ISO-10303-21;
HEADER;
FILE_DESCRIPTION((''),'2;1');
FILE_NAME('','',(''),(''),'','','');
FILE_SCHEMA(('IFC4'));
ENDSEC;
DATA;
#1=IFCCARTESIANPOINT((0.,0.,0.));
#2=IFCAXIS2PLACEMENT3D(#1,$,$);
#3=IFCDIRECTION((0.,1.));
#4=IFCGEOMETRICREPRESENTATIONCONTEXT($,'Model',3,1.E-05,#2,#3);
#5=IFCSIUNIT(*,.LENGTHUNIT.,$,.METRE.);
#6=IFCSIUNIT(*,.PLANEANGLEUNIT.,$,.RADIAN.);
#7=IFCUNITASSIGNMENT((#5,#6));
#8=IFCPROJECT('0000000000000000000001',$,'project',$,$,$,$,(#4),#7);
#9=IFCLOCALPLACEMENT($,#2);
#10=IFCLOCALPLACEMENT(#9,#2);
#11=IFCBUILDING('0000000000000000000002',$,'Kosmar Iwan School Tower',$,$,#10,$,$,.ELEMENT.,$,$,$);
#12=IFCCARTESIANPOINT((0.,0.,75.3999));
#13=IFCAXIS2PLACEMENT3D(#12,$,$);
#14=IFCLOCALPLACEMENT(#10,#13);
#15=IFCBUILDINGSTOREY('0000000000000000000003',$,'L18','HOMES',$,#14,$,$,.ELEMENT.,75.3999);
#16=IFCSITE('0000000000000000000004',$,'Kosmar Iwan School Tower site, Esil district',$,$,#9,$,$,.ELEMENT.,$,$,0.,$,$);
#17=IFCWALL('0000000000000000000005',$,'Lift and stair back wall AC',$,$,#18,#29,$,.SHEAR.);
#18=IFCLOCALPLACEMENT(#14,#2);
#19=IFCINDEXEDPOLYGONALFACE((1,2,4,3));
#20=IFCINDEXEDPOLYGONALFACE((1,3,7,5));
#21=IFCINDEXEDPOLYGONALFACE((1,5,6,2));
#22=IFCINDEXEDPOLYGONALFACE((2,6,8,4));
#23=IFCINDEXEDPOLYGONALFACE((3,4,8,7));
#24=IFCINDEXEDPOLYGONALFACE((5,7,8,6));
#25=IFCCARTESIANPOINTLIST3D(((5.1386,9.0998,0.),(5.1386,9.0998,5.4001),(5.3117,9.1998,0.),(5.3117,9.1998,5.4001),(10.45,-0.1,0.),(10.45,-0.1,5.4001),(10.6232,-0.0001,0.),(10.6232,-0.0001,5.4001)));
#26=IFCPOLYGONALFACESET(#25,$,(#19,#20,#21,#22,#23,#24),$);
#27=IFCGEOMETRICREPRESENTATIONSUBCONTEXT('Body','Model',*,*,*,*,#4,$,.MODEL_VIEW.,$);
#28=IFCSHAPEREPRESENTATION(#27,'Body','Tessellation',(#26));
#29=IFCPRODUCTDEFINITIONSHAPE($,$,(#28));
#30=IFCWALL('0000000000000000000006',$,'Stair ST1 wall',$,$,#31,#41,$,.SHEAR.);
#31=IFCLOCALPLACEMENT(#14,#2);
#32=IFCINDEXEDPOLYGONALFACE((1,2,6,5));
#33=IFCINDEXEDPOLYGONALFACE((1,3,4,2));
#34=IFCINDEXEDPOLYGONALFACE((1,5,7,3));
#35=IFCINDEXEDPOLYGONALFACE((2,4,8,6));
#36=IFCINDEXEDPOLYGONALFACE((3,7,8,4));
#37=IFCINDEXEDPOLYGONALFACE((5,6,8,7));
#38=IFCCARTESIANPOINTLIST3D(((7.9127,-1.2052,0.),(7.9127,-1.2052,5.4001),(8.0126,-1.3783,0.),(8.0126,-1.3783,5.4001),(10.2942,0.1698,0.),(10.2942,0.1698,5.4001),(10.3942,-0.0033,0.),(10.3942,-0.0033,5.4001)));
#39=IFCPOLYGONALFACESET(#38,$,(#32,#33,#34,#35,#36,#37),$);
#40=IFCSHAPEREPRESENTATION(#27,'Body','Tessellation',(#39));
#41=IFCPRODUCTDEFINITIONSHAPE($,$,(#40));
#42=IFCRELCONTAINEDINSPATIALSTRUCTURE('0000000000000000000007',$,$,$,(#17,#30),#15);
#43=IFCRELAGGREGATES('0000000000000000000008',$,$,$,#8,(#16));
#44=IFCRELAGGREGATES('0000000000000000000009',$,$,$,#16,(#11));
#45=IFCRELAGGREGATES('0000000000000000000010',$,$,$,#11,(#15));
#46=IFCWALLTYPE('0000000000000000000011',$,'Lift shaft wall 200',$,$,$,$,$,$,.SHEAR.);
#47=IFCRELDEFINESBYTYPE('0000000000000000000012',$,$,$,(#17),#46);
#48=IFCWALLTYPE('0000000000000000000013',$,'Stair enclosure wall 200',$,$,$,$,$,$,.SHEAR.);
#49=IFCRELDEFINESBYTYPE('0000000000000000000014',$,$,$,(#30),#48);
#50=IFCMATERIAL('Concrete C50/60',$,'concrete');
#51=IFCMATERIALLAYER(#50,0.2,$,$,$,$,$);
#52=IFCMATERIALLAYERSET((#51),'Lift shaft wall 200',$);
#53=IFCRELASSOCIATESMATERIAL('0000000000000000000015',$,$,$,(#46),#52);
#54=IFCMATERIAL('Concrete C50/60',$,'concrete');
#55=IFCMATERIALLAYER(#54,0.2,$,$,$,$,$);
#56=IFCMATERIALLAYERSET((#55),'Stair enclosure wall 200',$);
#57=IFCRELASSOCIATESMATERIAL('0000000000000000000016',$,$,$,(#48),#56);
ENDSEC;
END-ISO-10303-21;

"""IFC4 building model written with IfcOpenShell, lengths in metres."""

from ifc_helpers import new_model, si_unit, direction, frame, frame_2d, origin, place, context, subcontext, project, spatial, rectangle, extrude, material, layer, layer_set, type_object, element, save


model = new_model("IFC4")

# Units and contexts
model_context = context("Model", 3, precision=1e-05, world=origin(), true_north=direction((0.0, 1.0)))
body_context = subcontext(model_context, "Body", "Model", "MODEL_VIEW")
ifc_project = project(units=[si_unit("LENGTHUNIT", "METRE"), si_unit("PLANEANGLEUNIT", "RADIAN")], contexts=[model_context])

# Site, building, storey
site_placement = place(None, origin())
site = spatial("IfcSite", under=ifc_project, at=site_placement, Name="Kosmar Iwan School Tower site, Esil district", CompositionType="ELEMENT", RefElevation=0.0)
building_placement = place(site_placement, origin())
building = spatial("IfcBuilding", under=site, at=building_placement, Name="Kosmar Iwan School Tower", CompositionType="ELEMENT")
storey_placement = place(building_placement, frame((0.0, 0.0, 75.3999)))
storey = spatial("IfcBuildingStorey", under=building, at=storey_placement, Name="L18", Description="HOMES", CompositionType="ELEMENT", Elevation=75.3999)

# Shared definitions
ifc_material_1 = material(Name="Concrete C50/60", Category="concrete")
ifc_layer_1 = layer(ifc_material_1, 0.2)
ifc_layer_set_1 = layer_set([ifc_layer_1], Name="Lift shaft wall 200")
wall_type_1 = type_object("IfcWallType", Name="Lift shaft wall 200", PredefinedType="SHEAR", material=ifc_layer_set_1)

# Walls
wall_1_placement = place(storey_placement, frame((10.5366, -0.05, 0.0), z_axis=(0.0, 0.0, 1.0), x_axis=(-0.499995, 0.866028, 0.0)))
element("IfcWall", 1, at=wall_1_placement, inside=storey, type_object=wall_type_1, Name="Lift and stair back wall AC", PredefinedType="SHEAR", context=body_context, shape_type="SweptSolid", body=[
    extrude(rectangle(XDim=10.623, YDim=0.2, at=frame_2d((5.3115, 0.0))), origin(), (0.0, 0.0, 1.0), 5.4001),
])
ifc_material_2 = material(Name="Concrete C50/60", Category="concrete")
ifc_layer_2 = layer(ifc_material_2, 0.2)
ifc_layer_set_2 = layer_set([ifc_layer_2], Name="Stair enclosure wall 200")
wall_type_2 = type_object("IfcWallType", Name="Stair enclosure wall 200", PredefinedType="SHEAR", material=ifc_layer_set_2)
wall_2_placement = place(storey_placement, frame((7.9626, -1.2917, 0.0), z_axis=(0.0, 0.0, 1.0), x_axis=(0.866027, 0.499997, 0.0)))
element("IfcWall", 2, at=wall_2_placement, inside=storey, type_object=wall_type_2, Name="Stair ST1 wall", PredefinedType="SHEAR", context=body_context, shape_type="SweptSolid", body=[
    extrude(rectangle(XDim=2.75, YDim=0.2, at=frame_2d((1.375, 0.0))), origin(), (0.0, 0.0, 1.0), 5.4001),
])

save(model, "model.ifc")
